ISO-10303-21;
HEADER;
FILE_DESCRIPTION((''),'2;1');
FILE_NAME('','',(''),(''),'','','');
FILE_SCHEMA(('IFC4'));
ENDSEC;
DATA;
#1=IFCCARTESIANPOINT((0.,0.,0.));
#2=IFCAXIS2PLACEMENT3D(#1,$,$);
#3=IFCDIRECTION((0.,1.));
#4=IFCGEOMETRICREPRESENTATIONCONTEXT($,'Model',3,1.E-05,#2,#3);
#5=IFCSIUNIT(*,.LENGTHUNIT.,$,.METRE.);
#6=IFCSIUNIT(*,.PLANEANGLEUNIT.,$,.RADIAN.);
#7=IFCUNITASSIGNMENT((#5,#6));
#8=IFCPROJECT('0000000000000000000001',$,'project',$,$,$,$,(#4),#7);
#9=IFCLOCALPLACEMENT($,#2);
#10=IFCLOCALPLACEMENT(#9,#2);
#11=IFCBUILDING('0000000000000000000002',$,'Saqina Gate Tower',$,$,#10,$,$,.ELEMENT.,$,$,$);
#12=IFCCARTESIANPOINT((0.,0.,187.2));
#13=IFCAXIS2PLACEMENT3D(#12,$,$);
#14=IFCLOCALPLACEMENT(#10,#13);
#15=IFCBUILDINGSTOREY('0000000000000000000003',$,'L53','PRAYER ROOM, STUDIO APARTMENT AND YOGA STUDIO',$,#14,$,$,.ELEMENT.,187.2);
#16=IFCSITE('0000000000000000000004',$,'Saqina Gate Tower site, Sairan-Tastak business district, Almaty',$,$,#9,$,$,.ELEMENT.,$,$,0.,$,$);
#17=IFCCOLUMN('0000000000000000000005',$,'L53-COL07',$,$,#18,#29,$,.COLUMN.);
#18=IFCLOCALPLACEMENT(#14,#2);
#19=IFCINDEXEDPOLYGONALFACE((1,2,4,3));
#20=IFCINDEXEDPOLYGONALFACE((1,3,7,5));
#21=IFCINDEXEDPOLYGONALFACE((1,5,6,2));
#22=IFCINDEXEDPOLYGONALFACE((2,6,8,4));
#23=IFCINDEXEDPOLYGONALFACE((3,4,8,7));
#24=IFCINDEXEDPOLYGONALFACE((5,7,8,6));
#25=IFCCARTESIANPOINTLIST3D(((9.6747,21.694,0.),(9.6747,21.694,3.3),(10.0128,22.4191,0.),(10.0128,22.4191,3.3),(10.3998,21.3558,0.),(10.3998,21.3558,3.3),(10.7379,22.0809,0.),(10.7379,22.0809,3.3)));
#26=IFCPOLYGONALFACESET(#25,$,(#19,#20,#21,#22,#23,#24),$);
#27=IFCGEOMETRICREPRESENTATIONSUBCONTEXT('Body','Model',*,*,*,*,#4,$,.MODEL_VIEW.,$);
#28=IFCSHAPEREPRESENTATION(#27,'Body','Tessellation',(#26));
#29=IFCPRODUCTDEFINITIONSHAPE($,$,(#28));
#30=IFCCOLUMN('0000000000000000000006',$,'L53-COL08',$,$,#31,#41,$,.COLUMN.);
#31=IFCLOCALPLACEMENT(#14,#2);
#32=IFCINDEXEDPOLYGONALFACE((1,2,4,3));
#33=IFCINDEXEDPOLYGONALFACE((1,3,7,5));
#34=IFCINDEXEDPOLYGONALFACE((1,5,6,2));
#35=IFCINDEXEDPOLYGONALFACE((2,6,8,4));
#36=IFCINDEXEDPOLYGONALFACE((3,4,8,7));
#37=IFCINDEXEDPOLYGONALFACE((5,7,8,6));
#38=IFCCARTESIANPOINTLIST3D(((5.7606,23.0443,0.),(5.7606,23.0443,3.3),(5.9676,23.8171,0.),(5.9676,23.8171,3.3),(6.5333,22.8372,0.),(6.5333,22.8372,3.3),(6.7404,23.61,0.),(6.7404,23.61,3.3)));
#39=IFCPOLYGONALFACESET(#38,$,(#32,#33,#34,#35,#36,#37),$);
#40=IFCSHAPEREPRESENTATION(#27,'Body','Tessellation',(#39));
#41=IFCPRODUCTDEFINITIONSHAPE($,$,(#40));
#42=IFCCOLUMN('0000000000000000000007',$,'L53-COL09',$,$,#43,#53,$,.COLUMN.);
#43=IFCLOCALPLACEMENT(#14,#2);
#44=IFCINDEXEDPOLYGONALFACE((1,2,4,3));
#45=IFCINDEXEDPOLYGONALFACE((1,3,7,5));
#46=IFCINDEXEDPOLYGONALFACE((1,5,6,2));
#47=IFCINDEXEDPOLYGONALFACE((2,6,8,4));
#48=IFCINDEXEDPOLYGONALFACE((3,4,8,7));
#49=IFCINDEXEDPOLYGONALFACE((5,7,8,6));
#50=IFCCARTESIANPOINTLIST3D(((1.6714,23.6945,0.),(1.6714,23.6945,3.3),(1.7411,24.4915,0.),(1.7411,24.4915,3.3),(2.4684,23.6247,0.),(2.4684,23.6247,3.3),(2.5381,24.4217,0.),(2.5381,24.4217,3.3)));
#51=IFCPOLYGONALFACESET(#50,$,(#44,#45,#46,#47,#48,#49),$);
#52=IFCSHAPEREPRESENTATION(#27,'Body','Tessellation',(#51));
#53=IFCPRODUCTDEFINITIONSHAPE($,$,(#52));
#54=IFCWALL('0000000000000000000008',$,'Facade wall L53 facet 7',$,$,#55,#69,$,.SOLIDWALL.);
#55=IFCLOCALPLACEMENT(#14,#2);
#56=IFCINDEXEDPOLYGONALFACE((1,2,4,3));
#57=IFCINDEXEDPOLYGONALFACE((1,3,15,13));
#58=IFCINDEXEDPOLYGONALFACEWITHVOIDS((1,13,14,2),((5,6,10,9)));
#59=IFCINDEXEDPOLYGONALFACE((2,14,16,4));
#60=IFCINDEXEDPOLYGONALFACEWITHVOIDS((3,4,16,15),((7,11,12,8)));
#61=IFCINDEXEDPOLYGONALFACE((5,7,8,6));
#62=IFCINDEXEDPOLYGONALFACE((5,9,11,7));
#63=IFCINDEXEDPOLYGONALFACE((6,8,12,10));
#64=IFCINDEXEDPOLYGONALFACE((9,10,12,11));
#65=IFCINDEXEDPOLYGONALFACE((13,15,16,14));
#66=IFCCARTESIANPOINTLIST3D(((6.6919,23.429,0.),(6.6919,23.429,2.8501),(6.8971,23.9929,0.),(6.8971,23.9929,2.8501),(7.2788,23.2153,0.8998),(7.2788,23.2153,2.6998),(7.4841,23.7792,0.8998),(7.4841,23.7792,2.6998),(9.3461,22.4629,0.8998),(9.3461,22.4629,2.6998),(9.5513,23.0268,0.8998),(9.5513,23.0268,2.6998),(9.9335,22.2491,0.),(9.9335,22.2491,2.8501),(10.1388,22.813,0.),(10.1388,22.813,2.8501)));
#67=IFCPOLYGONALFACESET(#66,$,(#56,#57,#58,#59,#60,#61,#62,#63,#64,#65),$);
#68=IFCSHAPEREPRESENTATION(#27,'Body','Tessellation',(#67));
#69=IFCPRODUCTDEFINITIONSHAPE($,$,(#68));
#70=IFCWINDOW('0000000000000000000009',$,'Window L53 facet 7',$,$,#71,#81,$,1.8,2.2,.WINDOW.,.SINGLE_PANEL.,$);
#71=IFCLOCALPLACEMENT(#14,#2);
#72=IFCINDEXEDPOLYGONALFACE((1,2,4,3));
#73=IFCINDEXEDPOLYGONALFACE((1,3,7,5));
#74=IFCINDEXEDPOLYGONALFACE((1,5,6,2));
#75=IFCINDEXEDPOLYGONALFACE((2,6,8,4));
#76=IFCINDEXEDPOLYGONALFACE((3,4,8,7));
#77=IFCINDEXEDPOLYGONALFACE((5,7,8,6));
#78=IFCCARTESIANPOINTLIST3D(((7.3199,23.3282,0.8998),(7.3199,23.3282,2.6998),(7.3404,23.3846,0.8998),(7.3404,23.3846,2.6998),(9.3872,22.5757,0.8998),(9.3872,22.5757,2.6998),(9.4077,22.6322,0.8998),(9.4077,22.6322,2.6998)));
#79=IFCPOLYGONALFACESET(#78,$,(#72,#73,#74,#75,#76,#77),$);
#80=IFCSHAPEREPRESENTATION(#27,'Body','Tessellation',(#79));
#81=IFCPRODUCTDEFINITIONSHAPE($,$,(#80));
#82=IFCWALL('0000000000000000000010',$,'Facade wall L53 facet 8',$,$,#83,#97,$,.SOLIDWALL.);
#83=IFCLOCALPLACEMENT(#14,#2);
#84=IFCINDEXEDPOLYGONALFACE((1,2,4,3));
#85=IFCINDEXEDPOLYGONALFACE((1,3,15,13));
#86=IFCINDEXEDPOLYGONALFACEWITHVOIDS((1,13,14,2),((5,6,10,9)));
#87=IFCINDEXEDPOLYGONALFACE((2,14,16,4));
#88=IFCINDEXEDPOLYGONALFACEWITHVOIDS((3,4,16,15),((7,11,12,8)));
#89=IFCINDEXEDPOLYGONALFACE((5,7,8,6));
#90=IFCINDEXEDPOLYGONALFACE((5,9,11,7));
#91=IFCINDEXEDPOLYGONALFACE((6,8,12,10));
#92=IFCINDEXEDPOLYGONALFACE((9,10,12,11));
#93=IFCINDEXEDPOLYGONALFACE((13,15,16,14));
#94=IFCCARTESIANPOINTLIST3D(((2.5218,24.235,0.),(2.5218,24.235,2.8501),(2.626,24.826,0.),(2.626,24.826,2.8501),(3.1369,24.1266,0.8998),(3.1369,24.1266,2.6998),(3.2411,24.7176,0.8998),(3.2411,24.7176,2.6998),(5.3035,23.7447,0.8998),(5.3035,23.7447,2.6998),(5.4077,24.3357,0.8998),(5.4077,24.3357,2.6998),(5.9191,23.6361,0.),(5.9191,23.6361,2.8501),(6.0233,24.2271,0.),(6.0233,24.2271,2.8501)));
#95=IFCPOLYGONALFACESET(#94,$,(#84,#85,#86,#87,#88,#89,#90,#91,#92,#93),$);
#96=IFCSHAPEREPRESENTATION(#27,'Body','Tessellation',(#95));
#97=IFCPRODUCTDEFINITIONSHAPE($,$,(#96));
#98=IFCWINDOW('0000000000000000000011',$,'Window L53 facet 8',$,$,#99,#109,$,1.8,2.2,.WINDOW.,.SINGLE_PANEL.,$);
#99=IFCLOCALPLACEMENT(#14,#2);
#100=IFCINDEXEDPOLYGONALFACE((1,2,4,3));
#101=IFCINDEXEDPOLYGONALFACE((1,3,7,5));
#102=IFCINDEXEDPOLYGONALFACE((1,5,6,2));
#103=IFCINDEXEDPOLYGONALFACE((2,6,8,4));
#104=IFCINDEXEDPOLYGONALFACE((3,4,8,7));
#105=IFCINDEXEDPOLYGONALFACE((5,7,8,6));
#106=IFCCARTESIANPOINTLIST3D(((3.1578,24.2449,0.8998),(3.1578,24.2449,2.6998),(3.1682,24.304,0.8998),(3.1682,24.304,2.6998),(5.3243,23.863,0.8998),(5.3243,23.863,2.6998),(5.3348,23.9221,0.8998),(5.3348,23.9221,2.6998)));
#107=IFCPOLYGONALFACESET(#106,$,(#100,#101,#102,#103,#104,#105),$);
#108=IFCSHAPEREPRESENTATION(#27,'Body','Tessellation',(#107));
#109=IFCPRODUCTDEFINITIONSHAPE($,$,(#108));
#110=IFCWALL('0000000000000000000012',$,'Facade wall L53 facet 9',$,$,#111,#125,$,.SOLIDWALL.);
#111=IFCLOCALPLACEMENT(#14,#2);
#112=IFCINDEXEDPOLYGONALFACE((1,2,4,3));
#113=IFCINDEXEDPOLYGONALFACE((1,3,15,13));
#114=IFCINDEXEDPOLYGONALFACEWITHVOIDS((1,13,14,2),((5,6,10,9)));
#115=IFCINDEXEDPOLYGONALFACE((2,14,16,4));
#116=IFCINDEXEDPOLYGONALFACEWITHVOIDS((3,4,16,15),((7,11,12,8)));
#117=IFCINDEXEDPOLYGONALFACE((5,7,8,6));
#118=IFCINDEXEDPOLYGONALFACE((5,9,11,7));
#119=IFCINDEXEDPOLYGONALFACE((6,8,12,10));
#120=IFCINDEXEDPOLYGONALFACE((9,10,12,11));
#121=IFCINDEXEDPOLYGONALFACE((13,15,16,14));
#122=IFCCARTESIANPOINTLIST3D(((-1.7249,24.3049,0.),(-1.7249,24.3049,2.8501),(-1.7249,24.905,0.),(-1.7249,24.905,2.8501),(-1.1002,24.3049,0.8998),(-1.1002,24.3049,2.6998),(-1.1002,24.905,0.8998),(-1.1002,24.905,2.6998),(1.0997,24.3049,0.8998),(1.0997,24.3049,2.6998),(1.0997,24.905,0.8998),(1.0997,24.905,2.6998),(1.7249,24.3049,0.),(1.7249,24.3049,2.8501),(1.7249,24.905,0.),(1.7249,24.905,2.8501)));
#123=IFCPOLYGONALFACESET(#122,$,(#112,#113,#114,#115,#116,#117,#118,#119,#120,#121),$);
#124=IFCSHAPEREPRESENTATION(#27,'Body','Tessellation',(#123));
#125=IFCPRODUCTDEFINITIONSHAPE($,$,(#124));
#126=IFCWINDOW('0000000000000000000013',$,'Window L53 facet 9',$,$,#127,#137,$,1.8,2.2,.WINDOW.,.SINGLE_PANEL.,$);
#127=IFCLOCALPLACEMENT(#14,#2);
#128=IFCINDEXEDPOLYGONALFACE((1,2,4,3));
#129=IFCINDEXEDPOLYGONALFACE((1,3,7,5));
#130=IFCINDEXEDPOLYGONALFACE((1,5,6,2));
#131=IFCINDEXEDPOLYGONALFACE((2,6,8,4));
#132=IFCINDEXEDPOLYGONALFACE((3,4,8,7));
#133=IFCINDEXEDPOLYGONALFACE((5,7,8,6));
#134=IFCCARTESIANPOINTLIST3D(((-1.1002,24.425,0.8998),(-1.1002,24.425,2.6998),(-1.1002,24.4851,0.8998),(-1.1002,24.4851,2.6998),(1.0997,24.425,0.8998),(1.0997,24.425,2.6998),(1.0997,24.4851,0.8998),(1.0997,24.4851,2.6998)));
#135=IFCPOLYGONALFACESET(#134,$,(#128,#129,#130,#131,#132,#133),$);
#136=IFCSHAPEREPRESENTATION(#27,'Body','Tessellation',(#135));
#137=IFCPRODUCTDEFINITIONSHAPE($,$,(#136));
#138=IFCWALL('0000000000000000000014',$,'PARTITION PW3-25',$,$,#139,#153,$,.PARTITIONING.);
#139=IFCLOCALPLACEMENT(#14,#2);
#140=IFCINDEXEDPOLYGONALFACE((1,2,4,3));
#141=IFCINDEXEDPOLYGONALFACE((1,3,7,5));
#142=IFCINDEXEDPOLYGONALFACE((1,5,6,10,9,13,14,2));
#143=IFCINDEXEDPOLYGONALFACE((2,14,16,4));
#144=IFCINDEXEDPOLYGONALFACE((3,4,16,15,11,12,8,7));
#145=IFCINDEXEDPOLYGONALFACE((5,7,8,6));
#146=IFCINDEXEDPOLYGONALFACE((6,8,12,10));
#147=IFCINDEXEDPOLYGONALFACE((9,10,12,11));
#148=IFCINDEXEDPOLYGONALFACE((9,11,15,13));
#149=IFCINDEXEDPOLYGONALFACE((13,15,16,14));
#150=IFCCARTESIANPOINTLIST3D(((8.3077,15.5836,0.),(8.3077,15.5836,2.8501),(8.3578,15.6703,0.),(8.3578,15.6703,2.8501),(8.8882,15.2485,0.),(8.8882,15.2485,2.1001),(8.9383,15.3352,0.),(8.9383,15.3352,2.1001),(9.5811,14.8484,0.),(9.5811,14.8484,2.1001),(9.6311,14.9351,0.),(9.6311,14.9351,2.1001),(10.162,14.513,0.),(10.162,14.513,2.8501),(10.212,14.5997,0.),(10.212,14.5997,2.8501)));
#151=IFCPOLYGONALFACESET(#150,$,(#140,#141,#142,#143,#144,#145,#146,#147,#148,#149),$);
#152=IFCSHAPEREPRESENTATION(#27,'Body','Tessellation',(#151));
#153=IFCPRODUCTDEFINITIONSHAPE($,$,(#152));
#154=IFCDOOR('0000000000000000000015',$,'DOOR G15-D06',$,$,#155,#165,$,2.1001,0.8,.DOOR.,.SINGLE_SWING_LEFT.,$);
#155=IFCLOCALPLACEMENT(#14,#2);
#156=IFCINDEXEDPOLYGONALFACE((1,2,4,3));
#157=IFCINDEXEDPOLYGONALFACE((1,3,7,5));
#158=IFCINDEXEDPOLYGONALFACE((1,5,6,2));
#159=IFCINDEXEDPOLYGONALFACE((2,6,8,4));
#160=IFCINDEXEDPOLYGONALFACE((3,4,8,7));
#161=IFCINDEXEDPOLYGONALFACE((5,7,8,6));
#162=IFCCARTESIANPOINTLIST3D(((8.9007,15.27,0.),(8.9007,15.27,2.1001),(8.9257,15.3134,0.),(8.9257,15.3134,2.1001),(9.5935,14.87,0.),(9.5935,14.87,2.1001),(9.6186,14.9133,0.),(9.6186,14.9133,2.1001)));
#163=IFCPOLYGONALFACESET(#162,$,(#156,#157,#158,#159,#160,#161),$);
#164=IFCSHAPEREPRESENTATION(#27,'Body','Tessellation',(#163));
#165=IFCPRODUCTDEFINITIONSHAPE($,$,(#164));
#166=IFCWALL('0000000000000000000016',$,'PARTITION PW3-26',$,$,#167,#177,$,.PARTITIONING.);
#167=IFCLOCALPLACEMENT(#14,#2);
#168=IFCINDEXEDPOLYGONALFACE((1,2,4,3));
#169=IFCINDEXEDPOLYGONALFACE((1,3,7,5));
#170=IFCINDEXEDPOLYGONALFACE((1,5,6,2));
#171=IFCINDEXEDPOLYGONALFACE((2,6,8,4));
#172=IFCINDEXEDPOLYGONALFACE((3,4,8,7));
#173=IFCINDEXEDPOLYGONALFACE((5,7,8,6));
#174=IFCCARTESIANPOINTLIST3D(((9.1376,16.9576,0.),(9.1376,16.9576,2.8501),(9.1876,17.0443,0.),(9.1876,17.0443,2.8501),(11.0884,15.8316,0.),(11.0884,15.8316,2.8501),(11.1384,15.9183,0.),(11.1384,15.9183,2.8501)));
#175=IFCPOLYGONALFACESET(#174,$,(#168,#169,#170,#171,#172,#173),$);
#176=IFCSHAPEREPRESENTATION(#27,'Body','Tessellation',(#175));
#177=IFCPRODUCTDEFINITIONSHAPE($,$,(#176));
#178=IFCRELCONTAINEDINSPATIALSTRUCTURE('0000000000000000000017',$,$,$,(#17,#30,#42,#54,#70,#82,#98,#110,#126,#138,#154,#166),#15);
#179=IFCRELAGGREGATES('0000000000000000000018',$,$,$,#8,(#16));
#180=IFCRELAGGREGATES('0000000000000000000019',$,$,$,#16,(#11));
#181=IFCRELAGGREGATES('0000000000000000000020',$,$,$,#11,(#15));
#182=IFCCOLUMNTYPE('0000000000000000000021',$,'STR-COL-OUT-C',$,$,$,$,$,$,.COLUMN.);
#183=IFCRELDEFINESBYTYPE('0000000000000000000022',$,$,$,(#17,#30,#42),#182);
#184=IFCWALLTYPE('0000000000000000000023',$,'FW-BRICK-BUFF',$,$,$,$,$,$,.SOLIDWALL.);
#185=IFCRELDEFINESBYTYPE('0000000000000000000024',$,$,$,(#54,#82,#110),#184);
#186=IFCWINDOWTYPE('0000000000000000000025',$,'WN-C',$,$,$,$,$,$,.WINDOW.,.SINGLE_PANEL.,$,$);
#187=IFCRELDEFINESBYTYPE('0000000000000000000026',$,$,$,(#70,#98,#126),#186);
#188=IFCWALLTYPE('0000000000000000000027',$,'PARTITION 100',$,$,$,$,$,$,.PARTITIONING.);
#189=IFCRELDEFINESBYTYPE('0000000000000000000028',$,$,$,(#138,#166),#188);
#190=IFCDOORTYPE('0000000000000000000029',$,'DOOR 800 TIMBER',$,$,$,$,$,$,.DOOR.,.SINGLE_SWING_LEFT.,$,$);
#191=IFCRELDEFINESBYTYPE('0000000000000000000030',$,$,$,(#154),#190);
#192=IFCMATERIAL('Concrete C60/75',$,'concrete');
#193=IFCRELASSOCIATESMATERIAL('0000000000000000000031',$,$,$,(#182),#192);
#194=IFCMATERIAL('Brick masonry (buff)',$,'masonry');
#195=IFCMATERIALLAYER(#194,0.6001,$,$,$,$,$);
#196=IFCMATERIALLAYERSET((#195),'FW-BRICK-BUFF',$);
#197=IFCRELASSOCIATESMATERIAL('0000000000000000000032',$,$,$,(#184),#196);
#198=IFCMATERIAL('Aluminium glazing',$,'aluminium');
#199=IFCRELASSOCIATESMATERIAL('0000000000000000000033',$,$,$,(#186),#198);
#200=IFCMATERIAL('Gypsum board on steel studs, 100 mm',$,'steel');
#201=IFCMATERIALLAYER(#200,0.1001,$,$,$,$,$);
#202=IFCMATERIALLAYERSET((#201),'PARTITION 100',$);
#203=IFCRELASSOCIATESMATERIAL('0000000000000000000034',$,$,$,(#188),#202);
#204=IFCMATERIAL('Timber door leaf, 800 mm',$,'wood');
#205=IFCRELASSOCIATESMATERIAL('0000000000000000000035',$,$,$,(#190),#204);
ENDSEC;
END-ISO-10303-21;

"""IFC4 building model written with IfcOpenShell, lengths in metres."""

from ifc_helpers import new_model, si_unit, direction, frame, frame_2d, origin, origin_2d, place, context, subcontext, project, spatial, rectangle, extrude, material, layer, layer_set, material_profile, profile_set, type_object, element, fill, save


model = new_model("IFC4")

# Units and contexts
model_context = context("Model", 3, precision=1e-05, world=origin(), true_north=direction((0.0, 1.0)))
body_context = subcontext(model_context, "Body", "Model", "MODEL_VIEW")
ifc_project = project(units=[si_unit("LENGTHUNIT", "METRE"), si_unit("PLANEANGLEUNIT", "RADIAN")], contexts=[model_context])

# Site, building, storey
site_placement = place(None, origin())
site = spatial("IfcSite", under=ifc_project, at=site_placement, Name="Saqina Gate Tower site, Sairan-Tastak business district, Almaty", CompositionType="ELEMENT", RefElevation=0.0)
building_placement = place(site_placement, origin())
building = spatial("IfcBuilding", under=site, at=building_placement, Name="Saqina Gate Tower", CompositionType="ELEMENT")
storey_placement = place(building_placement, frame((0.0, 0.0, 187.2)))
storey = spatial("IfcBuildingStorey", under=building, at=storey_placement, Name="L53", Description="PRAYER ROOM, STUDIO APARTMENT AND YOGA STUDIO", CompositionType="ELEMENT", Elevation=187.2)

# Columns
ifc_material_1 = material(Name="Concrete C60/75", Category="concrete")
ifc_material_profile = material_profile(ifc_material_1, rectangle(XDim=0.8, YDim=0.8, at=origin_2d()), Name="RC 800x800")
ifc_profile_set = profile_set([ifc_material_profile], Name="Concrete C60/75")
column_type = type_object("IfcColumnType", Name="STR-COL-OUT-C", PredefinedType="COLUMN", material=ifc_profile_set)
for number, where, z_axis, x_axis, name in (
    (1, (10.2063, 21.8875, 0.0), (0.0, 0.0, 1.0), (0.422618, 0.906308, 0.0), "L53-COL07"),
    (2, (6.2505, 23.3271, 0.0), (0.0, 0.0, 1.0), (0.258819, 0.965926, 0.0), "L53-COL08"),
    (3, (2.1047, 24.0581, 0.0), (0.0, 0.0, 1.0), (0.087156, 0.996195, 0.0), "L53-COL09"),
):
    element("IfcColumn", number, at=place(storey_placement, frame(where, z_axis=z_axis, x_axis=x_axis)), inside=storey, type_object=column_type, Name=name, PredefinedType="COLUMN", context=body_context, shape_type="SweptSolid", body=[
        extrude(rectangle(XDim=0.8, YDim=0.8, at=origin_2d()), origin(), (0.0, 0.0, 1.0), 3.3),
    ])

# Walls, openings, windows
ifc_material_2 = material(Name="Brick masonry (buff)", Category="masonry")
ifc_layer_1 = layer(ifc_material_2, 0.6001)
ifc_layer_set_1 = layer_set([ifc_layer_1], Name="FW-BRICK-BUFF")
wall_type_1 = type_object("IfcWallType", Name="FW-BRICK-BUFF", PredefinedType="SOLIDWALL", material=ifc_layer_set_1)
wall_1_placement = place(storey_placement, frame((10.0361, 22.531, 0.0), z_axis=(0.0, 0.0, 1.0), x_axis=(-0.939688, 0.342033, 0.0)))
wall_1 = element("IfcWall", 4, at=wall_1_placement, inside=storey, type_object=wall_type_1, Name="Facade wall L53 facet 7", PredefinedType="SOLIDWALL", context=body_context, shape_type="SweptSolid", body=[
    extrude(rectangle(XDim=3.4497, YDim=0.6001, at=frame_2d((1.7249, 0.0))), origin(), (0.0, 0.0, 1.0), 2.8501),
])
opening_1_placement = place(wall_1_placement, frame((0.625, 0.0, 0.8999)))
opening_1 = element("IfcOpeningElement", 5, at=opening_1_placement, cuts=wall_1, PredefinedType="OPENING", context=body_context, shape_type="SweptSolid", body=[
    extrude(rectangle(XDim=2.2, YDim=1.8, at=frame_2d((1.1001, 0.8999))), frame((0.0, 0.312, 0.0), z_axis=(0.0, -1.0, 0.0), x_axis=(1.0, 0.0, 0.0)), (0.0, 0.0, 1.0), 0.624),
])
ifc_material_3 = material(Name="Aluminium glazing", Category="aluminium")
window_type = type_object("IfcWindowType", Name="WN-C", PartitioningType="SINGLE_PANEL", PredefinedType="WINDOW", material=ifc_material_3)
window_1_placement = place(opening_1_placement, origin())
window_1 = element("IfcWindow", 6, at=window_1_placement, inside=storey, type_object=window_type, Name="Window L53 facet 7", OverallHeight=1.8, OverallWidth=2.2, PartitioningType="SINGLE_PANEL", PredefinedType="WINDOW", context=body_context, shape_type="SweptSolid", body=[
    extrude(rectangle(XDim=2.2, YDim=1.8, at=frame_2d((1.1001, 0.8999))), frame((0.0, 0.1799, 0.0), z_axis=(0.0, -1.0, 0.0), x_axis=(1.0, 0.0, 0.0)), (0.0, 0.0, 1.0), 0.0601),
])
fill(opening_1, window_1)
wall_2_placement = place(storey_placement, frame((5.9712, 23.9316, 0.0), z_axis=(0.0, 0.0, 1.0), x_axis=(-0.984815, 0.173608, 0.0)))
wall_2 = element("IfcWall", 7, at=wall_2_placement, inside=storey, type_object=wall_type_1, Name="Facade wall L53 facet 8", PredefinedType="SOLIDWALL", context=body_context, shape_type="SweptSolid", body=[
    extrude(rectangle(XDim=3.4497, YDim=0.6001, at=frame_2d((1.7249, 0.0))), origin(), (0.0, 0.0, 1.0), 2.8501),
])
opening_2_placement = place(wall_2_placement, frame((0.625, 0.0, 0.8999)))
opening_2 = element("IfcOpeningElement", 8, at=opening_2_placement, cuts=wall_2, PredefinedType="OPENING", context=body_context, shape_type="SweptSolid", body=[
    extrude(rectangle(XDim=2.2, YDim=1.8, at=frame_2d((1.1001, 0.8999))), frame((0.0, 0.312, 0.0), z_axis=(0.0, -1.0, 0.0), x_axis=(1.0, 0.0, 0.0)), (0.0, 0.0, 1.0), 0.624),
])
window_2_placement = place(opening_2_placement, origin())
window_2 = element("IfcWindow", 9, at=window_2_placement, inside=storey, type_object=window_type, Name="Window L53 facet 8", OverallHeight=1.8, OverallWidth=2.2, PartitioningType="SINGLE_PANEL", PredefinedType="WINDOW", context=body_context, shape_type="SweptSolid", body=[
    extrude(rectangle(XDim=2.2, YDim=1.8, at=frame_2d((1.1001, 0.8999))), frame((0.0, 0.1799, 0.0), z_axis=(0.0, -1.0, 0.0), x_axis=(1.0, 0.0, 0.0)), (0.0, 0.0, 1.0), 0.0601),
])
fill(opening_2, window_2)
wall_3_placement = place(storey_placement, frame((1.7249, 24.605, 0.0), z_axis=(0.0, 0.0, 1.0), x_axis=(-1.0, 0.0, 0.0)))
wall_3 = element("IfcWall", 10, at=wall_3_placement, inside=storey, type_object=wall_type_1, Name="Facade wall L53 facet 9", PredefinedType="SOLIDWALL", context=body_context, shape_type="SweptSolid", body=[
    extrude(rectangle(XDim=3.4497, YDim=0.6001, at=frame_2d((1.7249, 0.0))), origin(), (0.0, 0.0, 1.0), 2.8501),
])
opening_3_placement = place(wall_3_placement, frame((0.625, 0.0, 0.8999)))
opening_3 = element("IfcOpeningElement", 11, at=opening_3_placement, cuts=wall_3, PredefinedType="OPENING", context=body_context, shape_type="SweptSolid", body=[
    extrude(rectangle(XDim=2.2, YDim=1.8, at=frame_2d((1.1001, 0.8999))), frame((0.0, 0.312, 0.0), z_axis=(0.0, -1.0, 0.0), x_axis=(1.0, 0.0, 0.0)), (0.0, 0.0, 1.0), 0.624),
])
window_3_placement = place(opening_3_placement, origin())
window_3 = element("IfcWindow", 12, at=window_3_placement, inside=storey, type_object=window_type, Name="Window L53 facet 9", OverallHeight=1.8, OverallWidth=2.2, PartitioningType="SINGLE_PANEL", PredefinedType="WINDOW", context=body_context, shape_type="SweptSolid", body=[
    extrude(rectangle(XDim=2.2, YDim=1.8, at=frame_2d((1.1001, 0.8999))), frame((0.0, 0.1799, 0.0), z_axis=(0.0, -1.0, 0.0), x_axis=(1.0, 0.0, 0.0)), (0.0, 0.0, 1.0), 0.0601),
])
fill(opening_3, window_3)

# Wall, opening, door
ifc_material_4 = material(Name="Gypsum board on steel studs, 100 mm", Category="steel")
ifc_layer_2 = layer(ifc_material_4, 0.1001)
ifc_layer_set_2 = layer_set([ifc_layer_2], Name="PARTITION 100")
wall_type_2 = type_object("IfcWallType", Name="PARTITION 100", PredefinedType="PARTITIONING", material=ifc_layer_set_2)
wall_4_placement = place(storey_placement, frame((8.3328, 15.627, 0.0), z_axis=(0.0, 0.0, 1.0), x_axis=(0.866024, -0.500002, 0.0)))
wall_4 = element("IfcWall", 13, at=wall_4_placement, inside=storey, type_object=wall_type_2, Name="PARTITION PW3-25", PredefinedType="PARTITIONING", context=body_context, shape_type="SweptSolid", body=[
    extrude(rectangle(XDim=2.1411, YDim=0.1001, at=frame_2d((1.0706, 0.0))), origin(), (0.0, 0.0, 1.0), 2.8501),
])
opening_4_placement = place(wall_4_placement, frame((0.6704, 0.0, 0.0)))
opening_4 = element("IfcOpeningElement", 14, at=opening_4_placement, cuts=wall_4, PredefinedType="OPENING", context=body_context, shape_type="SweptSolid", body=[
    extrude(rectangle(XDim=0.8, YDim=2.1001, at=frame_2d((0.3999, 1.05))), frame((0.0, 0.062, 0.0), z_axis=(0.0, -1.0, 0.0), x_axis=(1.0, 0.0, 0.0)), (0.0, 0.0, 1.0), 0.124),
])
ifc_material_5 = material(Name="Timber door leaf, 800 mm", Category="wood")
door_type_1 = type_object("IfcDoorType", Name="DOOR 800 TIMBER", OperationType="SINGLE_SWING_LEFT", PredefinedType="DOOR", material=ifc_material_5)
door_1_placement = place(opening_4_placement, origin())
door_1 = element("IfcDoor", 15, at=door_1_placement, inside=storey, type_object=door_type_1, Name="DOOR G15-D06", OperationType="SINGLE_SWING_LEFT", OverallHeight=2.1001, OverallWidth=0.8, PredefinedType="DOOR", context=body_context, shape_type="SweptSolid", body=[
    extrude(rectangle(XDim=0.8, YDim=2.1001, at=frame_2d((0.3999, 1.05))), frame((0.0, 0.0249, 0.0), z_axis=(0.0, -1.0, 0.0), x_axis=(1.0, 0.0, 0.0)), (0.0, 0.0, 1.0), 0.05),
])
fill(opening_4, door_1)

# Wall
wall_5_placement = place(storey_placement, frame((9.1626, 17.001, 0.0), z_axis=(0.0, 0.0, 1.0), x_axis=(0.866074, -0.499916, 0.0)))
element("IfcWall", 16, at=wall_5_placement, inside=storey, type_object=wall_type_2, Name="PARTITION PW3-26", PredefinedType="PARTITIONING", context=body_context, shape_type="SweptSolid", body=[
    extrude(rectangle(XDim=2.2524, YDim=0.1001, at=frame_2d((1.1262, 0.0))), origin(), (0.0, 0.0, 1.0), 2.8501),
])

save(model, "model.ifc")
